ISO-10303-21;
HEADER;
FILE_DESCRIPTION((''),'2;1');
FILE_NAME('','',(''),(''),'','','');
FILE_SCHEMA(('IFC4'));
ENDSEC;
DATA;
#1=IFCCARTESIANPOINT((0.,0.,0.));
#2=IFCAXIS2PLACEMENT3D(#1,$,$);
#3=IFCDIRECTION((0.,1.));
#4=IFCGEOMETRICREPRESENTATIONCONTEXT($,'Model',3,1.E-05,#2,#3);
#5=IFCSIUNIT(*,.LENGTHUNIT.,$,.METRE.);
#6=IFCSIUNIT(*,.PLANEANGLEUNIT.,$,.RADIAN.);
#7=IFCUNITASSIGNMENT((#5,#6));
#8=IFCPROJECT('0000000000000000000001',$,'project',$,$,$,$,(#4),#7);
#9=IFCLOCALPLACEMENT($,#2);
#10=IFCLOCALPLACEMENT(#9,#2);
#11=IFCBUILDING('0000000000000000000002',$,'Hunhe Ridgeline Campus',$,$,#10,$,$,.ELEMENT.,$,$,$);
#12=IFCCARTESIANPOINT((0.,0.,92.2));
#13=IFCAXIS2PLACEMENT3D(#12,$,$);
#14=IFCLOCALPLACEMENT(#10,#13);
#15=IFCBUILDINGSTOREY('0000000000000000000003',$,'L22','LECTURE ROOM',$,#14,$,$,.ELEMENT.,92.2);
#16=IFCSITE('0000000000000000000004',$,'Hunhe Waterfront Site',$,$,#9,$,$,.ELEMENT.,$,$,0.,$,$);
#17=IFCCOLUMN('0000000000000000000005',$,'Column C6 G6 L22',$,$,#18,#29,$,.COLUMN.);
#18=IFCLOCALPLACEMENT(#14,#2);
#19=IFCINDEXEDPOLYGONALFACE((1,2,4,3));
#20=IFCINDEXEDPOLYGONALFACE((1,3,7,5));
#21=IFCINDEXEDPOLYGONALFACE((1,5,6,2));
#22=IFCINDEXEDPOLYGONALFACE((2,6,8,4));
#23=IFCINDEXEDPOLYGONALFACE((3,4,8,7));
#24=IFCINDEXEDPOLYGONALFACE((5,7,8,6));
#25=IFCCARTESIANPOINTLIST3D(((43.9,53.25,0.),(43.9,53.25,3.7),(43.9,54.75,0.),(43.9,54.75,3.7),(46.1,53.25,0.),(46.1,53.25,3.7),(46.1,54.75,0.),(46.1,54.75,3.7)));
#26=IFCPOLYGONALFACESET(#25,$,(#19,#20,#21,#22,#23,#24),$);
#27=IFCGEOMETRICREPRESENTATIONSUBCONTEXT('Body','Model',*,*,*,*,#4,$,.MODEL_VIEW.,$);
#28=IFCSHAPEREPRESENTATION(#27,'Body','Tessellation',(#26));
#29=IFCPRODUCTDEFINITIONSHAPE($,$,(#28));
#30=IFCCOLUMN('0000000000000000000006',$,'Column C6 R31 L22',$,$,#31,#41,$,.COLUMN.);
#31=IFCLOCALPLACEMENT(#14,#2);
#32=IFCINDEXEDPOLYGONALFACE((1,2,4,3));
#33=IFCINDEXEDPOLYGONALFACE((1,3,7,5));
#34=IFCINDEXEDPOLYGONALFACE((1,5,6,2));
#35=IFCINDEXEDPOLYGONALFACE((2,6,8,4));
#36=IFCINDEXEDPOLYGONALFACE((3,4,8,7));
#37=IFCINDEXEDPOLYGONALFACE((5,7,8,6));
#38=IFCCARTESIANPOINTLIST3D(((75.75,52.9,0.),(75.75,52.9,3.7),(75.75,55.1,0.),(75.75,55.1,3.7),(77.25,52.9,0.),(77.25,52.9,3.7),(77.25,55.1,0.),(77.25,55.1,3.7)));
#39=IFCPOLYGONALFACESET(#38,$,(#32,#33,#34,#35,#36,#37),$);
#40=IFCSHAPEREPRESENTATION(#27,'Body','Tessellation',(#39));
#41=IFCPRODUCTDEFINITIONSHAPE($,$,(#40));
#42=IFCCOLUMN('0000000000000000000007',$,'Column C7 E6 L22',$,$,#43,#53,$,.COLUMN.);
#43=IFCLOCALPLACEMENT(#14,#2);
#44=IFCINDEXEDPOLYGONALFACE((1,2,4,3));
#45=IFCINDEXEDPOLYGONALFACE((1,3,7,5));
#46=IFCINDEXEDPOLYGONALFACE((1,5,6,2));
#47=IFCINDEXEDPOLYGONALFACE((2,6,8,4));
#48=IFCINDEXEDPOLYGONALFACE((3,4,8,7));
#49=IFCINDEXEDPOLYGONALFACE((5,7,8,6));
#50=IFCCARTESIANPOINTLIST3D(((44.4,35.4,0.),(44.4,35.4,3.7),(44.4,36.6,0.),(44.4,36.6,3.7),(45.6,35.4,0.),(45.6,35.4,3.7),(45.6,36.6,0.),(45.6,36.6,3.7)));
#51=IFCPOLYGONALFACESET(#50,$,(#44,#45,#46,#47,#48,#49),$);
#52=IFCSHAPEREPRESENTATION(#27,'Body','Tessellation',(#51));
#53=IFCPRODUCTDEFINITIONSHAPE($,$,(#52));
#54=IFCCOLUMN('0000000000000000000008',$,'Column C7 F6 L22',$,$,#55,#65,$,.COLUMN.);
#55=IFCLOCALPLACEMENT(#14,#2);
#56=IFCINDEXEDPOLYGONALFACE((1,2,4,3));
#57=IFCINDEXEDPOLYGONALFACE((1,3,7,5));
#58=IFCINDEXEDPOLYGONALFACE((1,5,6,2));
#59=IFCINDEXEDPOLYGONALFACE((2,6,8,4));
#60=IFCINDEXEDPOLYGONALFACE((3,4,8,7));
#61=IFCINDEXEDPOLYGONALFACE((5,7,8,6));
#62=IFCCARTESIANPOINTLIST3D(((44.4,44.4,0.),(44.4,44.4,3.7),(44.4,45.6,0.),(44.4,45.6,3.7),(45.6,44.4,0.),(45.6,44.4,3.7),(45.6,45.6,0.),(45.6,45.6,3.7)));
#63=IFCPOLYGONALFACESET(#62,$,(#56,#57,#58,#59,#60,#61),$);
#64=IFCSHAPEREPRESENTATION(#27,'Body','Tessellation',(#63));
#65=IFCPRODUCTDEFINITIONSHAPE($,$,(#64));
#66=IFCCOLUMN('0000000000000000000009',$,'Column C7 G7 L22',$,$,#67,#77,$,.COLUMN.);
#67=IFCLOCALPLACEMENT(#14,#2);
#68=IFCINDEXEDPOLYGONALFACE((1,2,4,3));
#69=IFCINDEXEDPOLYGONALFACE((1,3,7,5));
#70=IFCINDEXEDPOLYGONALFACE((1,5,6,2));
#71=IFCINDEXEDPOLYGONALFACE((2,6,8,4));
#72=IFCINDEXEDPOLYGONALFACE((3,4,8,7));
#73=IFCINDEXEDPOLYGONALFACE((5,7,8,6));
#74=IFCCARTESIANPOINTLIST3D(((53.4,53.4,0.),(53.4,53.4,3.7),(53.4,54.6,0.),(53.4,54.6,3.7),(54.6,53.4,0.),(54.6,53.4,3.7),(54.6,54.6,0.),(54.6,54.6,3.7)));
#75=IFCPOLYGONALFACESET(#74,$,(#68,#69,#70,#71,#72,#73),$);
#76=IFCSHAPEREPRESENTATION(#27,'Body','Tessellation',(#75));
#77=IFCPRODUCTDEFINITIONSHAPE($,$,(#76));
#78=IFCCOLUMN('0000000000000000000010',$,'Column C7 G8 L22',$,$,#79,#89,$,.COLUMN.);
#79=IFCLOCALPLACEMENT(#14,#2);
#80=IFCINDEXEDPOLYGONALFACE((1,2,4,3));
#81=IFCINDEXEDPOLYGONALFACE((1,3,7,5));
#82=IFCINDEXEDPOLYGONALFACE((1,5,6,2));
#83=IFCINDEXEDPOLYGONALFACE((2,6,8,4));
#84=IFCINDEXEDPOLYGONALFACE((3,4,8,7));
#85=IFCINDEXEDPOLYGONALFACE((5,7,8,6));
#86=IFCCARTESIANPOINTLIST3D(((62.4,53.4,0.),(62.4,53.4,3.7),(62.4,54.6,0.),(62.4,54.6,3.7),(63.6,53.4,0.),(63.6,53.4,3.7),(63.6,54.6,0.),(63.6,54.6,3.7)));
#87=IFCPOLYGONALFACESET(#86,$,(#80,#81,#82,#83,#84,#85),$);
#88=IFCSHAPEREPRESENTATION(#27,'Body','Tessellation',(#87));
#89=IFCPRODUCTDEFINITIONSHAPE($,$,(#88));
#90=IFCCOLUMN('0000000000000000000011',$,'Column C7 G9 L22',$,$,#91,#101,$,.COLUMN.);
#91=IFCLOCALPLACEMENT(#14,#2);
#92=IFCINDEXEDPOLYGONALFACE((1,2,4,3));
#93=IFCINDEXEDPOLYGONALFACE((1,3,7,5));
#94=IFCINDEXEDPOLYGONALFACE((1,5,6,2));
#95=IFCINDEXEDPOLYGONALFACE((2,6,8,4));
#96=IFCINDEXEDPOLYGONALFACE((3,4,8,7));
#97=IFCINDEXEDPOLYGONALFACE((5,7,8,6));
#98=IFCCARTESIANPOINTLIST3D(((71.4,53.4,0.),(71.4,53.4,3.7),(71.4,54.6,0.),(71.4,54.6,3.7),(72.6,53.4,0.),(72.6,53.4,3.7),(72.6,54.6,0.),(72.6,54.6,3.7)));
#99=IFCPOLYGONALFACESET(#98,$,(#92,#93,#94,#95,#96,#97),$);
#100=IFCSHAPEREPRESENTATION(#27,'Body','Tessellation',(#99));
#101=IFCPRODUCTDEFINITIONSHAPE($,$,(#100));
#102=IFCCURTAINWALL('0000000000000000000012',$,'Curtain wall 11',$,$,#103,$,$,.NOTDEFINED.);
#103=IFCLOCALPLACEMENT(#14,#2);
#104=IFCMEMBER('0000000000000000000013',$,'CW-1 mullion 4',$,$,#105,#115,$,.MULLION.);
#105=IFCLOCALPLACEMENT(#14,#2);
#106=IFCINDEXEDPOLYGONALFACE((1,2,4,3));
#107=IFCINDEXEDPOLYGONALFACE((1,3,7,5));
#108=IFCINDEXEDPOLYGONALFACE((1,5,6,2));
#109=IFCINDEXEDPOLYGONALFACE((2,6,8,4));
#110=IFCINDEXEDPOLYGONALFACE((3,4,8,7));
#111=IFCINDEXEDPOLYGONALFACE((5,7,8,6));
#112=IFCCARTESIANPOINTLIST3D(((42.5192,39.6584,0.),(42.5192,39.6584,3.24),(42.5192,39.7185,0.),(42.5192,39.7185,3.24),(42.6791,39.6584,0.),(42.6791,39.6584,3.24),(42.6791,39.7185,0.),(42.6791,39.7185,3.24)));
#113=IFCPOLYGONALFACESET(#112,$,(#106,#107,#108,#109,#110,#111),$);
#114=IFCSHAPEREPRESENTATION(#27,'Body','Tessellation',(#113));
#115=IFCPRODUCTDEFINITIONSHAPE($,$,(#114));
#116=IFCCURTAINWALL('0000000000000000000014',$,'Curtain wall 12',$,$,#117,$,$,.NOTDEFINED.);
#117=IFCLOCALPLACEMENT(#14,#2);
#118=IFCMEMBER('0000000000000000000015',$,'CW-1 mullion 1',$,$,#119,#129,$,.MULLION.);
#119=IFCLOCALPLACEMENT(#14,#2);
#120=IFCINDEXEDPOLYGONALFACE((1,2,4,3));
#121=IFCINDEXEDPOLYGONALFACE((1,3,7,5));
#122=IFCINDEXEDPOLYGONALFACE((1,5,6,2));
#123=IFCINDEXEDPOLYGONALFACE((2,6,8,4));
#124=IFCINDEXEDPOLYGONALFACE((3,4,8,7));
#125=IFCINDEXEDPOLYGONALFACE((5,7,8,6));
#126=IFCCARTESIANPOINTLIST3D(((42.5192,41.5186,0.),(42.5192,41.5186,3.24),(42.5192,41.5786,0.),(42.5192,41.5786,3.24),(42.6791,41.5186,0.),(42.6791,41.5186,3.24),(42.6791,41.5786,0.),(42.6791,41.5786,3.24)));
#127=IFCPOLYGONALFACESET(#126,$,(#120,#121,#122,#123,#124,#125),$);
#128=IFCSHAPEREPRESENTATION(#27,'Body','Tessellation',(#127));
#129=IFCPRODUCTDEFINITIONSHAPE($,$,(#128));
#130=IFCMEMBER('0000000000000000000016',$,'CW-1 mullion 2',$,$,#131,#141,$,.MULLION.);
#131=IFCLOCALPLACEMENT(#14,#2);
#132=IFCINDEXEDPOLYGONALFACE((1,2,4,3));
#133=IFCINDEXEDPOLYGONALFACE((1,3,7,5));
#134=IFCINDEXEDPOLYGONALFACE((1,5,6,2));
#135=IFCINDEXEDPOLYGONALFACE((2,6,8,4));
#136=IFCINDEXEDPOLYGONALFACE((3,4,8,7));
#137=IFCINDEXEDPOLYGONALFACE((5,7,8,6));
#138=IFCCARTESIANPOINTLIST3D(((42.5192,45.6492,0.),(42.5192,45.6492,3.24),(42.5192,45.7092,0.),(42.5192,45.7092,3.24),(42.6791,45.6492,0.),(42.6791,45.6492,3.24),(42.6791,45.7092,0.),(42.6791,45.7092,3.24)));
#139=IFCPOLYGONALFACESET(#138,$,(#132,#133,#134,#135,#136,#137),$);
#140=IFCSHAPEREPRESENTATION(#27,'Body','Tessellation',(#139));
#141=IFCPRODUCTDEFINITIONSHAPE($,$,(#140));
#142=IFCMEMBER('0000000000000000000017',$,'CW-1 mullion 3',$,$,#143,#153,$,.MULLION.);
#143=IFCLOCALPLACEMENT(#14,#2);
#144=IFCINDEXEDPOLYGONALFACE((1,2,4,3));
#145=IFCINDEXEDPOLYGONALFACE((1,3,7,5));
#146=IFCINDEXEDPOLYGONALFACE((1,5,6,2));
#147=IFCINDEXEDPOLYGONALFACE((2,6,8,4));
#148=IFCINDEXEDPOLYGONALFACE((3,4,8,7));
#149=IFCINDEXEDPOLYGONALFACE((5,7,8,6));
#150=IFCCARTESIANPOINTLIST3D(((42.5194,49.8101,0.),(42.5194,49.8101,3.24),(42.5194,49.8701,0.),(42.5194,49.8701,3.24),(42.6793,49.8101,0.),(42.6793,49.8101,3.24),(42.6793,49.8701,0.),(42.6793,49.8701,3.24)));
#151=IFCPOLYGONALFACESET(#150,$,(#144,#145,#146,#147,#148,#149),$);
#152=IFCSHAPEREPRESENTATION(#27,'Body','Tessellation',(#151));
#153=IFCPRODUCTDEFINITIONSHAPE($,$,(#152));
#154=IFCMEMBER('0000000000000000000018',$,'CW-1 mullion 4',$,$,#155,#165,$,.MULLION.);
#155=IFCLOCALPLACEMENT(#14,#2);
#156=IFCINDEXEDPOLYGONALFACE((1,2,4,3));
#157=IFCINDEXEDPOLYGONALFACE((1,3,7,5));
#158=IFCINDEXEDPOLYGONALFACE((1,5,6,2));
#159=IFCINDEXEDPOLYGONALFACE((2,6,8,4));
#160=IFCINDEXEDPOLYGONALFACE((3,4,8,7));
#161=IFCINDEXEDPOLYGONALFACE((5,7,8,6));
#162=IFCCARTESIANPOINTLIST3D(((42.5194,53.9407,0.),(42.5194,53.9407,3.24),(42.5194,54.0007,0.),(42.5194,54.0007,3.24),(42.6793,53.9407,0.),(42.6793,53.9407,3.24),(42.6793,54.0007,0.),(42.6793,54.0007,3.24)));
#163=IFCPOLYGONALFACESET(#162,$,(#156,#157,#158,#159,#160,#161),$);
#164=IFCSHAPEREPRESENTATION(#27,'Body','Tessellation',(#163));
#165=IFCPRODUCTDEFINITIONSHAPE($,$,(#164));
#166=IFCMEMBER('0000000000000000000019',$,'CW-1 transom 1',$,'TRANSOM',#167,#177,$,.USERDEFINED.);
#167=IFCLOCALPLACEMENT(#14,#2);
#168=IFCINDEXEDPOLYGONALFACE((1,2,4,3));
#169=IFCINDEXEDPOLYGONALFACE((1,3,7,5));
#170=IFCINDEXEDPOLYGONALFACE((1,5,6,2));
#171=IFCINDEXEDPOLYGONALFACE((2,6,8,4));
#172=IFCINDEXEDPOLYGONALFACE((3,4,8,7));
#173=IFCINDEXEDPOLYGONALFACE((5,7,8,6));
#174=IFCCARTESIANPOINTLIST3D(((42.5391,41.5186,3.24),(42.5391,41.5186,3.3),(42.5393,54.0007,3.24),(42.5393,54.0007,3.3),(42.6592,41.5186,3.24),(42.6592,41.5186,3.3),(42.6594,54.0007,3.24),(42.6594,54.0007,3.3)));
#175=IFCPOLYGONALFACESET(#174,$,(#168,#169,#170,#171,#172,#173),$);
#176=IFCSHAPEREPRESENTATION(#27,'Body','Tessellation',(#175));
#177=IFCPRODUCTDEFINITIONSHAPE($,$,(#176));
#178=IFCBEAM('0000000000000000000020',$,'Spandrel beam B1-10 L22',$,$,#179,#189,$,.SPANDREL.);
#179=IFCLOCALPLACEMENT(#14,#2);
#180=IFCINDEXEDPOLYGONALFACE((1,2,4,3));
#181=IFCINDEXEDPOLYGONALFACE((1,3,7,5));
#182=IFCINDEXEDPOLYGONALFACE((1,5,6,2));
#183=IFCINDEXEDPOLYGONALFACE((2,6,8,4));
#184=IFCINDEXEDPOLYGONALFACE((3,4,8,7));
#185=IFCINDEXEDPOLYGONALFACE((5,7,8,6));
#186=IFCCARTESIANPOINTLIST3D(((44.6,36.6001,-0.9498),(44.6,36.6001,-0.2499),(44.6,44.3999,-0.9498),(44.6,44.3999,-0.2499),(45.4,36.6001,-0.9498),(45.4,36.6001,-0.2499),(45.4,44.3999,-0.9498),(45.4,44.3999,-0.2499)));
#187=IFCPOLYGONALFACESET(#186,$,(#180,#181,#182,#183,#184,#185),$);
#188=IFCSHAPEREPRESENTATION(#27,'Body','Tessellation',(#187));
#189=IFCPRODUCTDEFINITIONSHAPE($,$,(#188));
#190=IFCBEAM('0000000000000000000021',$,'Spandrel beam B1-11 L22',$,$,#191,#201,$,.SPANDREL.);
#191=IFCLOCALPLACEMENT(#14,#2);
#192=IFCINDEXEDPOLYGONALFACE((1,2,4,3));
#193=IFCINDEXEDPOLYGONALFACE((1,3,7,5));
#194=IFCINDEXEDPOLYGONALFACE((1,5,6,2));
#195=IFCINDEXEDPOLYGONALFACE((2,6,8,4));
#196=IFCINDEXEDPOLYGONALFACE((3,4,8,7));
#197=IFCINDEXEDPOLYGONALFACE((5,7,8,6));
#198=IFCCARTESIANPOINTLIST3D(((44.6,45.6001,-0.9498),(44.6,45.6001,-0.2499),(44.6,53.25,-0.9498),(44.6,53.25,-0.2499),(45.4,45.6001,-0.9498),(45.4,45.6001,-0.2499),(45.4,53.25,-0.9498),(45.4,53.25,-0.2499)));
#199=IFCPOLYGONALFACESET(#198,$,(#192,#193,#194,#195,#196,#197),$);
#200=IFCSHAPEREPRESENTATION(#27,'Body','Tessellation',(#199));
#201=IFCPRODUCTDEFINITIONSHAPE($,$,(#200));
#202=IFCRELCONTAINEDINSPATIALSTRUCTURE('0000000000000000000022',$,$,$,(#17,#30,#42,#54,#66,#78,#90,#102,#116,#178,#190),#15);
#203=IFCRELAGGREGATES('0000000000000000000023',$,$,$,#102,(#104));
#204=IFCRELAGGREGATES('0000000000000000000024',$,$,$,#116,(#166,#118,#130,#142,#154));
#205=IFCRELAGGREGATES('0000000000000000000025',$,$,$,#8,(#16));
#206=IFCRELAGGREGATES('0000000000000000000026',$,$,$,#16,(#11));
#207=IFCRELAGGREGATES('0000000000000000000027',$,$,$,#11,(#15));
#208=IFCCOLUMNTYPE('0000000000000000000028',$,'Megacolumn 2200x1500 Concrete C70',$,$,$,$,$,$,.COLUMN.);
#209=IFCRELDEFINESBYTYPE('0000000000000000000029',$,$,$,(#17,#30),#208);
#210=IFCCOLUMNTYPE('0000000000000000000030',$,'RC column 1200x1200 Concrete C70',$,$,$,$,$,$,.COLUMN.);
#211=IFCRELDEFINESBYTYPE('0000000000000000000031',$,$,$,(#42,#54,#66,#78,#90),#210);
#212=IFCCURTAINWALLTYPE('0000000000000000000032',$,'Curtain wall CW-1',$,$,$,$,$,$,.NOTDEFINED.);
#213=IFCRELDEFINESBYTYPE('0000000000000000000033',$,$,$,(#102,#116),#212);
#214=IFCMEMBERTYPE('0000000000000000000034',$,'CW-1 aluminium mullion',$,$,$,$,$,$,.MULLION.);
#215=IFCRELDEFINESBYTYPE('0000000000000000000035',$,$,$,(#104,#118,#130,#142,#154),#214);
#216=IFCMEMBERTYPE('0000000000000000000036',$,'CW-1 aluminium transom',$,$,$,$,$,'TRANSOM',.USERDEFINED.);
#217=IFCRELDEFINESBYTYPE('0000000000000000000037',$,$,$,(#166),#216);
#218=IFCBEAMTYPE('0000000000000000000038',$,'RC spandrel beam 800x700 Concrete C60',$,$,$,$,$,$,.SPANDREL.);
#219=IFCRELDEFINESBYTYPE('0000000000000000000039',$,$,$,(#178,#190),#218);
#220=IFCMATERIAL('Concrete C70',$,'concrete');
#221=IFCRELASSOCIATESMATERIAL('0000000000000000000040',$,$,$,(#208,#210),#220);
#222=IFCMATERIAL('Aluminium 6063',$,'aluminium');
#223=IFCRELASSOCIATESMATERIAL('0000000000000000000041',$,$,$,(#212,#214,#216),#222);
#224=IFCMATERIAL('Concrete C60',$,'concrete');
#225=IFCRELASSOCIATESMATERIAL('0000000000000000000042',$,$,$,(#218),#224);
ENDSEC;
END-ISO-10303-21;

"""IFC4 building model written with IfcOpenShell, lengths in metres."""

from ifc_helpers import new_model, si_unit, direction, frame, origin, origin_2d, place, context, subcontext, project, spatial, rectangle, extrude, material, material_profile, profile_set, type_object, element, aggregate, save


model = new_model("IFC4")

# Units and contexts
model_context = context("Model", 3, precision=1e-05, world=origin(), true_north=direction((0.0, 1.0)))
body_context = subcontext(model_context, "Body", "Model", "MODEL_VIEW")
ifc_project = project(units=[si_unit("LENGTHUNIT", "METRE"), si_unit("PLANEANGLEUNIT", "RADIAN")], contexts=[model_context])

# Site, building, storey
site_placement = place(None, origin())
site = spatial("IfcSite", under=ifc_project, at=site_placement, Name="Hunhe Waterfront Site", CompositionType="ELEMENT", RefElevation=0.0)
building_placement = place(site_placement, origin())
building = spatial("IfcBuilding", under=site, at=building_placement, Name="Hunhe Ridgeline Campus", CompositionType="ELEMENT")
storey_placement = place(building_placement, frame((0.0, 0.0, 92.2)))
storey = spatial("IfcBuildingStorey", under=building, at=storey_placement, Name="L22", Description="LECTURE ROOM", CompositionType="ELEMENT", Elevation=92.2)

# Columns
ifc_material_1 = material(Name="Concrete C70", Category="concrete")
ifc_material_profile_1 = material_profile(ifc_material_1, rectangle(XDim=2.2, YDim=1.5, at=origin_2d()))
ifc_profile_set_1 = profile_set([ifc_material_profile_1], Name="Concrete C70")
column_type_1 = type_object("IfcColumnType", Name="Megacolumn 2200x1500 Concrete C70", PredefinedType="COLUMN", material=ifc_profile_set_1)
for number, where, z_axis, x_axis, name in (
    (1, (45.0, 54.0, 0.0), (0.0, 0.0, 1.0), (1.0, 0.0, 0.0), "Column C6 G6 L22"),
    (2, (76.5, 54.0, 0.0), (0.0, 0.0, 1.0), (0.0, 1.0, 0.0), "Column C6 R31 L22"),
):
    element("IfcColumn", number, at=place(storey_placement, frame(where, z_axis=z_axis, x_axis=x_axis)), inside=storey, type_object=column_type_1, Name=name, PredefinedType="COLUMN", context=body_context, shape_type="SweptSolid", body=[
        extrude(rectangle(XDim=2.2, YDim=1.5, at=origin_2d()), origin(), (0.0, 0.0, 1.0), 3.7),
    ])
ifc_material_profile_2 = material_profile(ifc_material_1, rectangle(XDim=1.2, YDim=1.2, at=origin_2d()))
ifc_profile_set_2 = profile_set([ifc_material_profile_2], Name="Concrete C70")
column_type_2 = type_object("IfcColumnType", Name="RC column 1200x1200 Concrete C70", PredefinedType="COLUMN", material=ifc_profile_set_2)
for number, where, z_axis, x_axis, name in (
    (3, (45.0, 36.0, 0.0), (0.0, 0.0, 1.0), (1.0, 0.0, 0.0), "Column C7 E6 L22"),
    (4, (45.0, 45.0, 0.0), (0.0, 0.0, 1.0), (1.0, 0.0, 0.0), "Column C7 F6 L22"),
    (5, (54.0, 54.0, 0.0), (0.0, 0.0, 1.0), (1.0, 0.0, 0.0), "Column C7 G7 L22"),
    (6, (63.0, 54.0, 0.0), (0.0, 0.0, 1.0), (1.0, 0.0, 0.0), "Column C7 G8 L22"),
    (7, (72.0, 54.0, 0.0), (0.0, 0.0, 1.0), (1.0, 0.0, 0.0), "Column C7 G9 L22"),
):
    element("IfcColumn", number, at=place(storey_placement, frame(where, z_axis=z_axis, x_axis=x_axis)), inside=storey, type_object=column_type_2, Name=name, PredefinedType="COLUMN", context=body_context, shape_type="SweptSolid", body=[
        extrude(rectangle(XDim=1.2, YDim=1.2, at=origin_2d()), origin(), (0.0, 0.0, 1.0), 3.7),
    ])

# Curtain wall, member
ifc_material_2 = material(Name="Aluminium 6063", Category="aluminium")
curtain_wall_type = type_object("IfcCurtainWallType", Name="Curtain wall CW-1", PredefinedType="NOTDEFINED", material=ifc_material_2)
curtain_wall_1_placement = place(storey_placement, origin())
curtain_wall_1 = element("IfcCurtainWall", 8, at=curtain_wall_1_placement, inside=storey, type_object=curtain_wall_type, Name="Curtain wall 11", PredefinedType="NOTDEFINED")
ifc_material_profile_3 = material_profile(ifc_material_2, rectangle(XDim=0.1599, YDim=0.0601, at=origin_2d()))
ifc_profile_set_3 = profile_set([ifc_material_profile_3], Name="Aluminium 6063")
member_type_1 = type_object("IfcMemberType", Name="CW-1 aluminium mullion", PredefinedType="MULLION", material=ifc_profile_set_3)
member_1_placement = place(storey_placement, frame((42.5991, 39.6885, 0.0), z_axis=(0.0, 0.0, 1.0), x_axis=(-1.0, 0.000011, 0.0)))
member_1 = element("IfcMember", 9, at=member_1_placement, type_object=member_type_1, Name="CW-1 mullion 4", PredefinedType="MULLION", context=body_context, shape_type="SweptSolid", body=[
    extrude(rectangle(XDim=0.1599, YDim=0.0601, at=origin_2d()), origin(), (0.0, 0.0, 1.0), 3.24),
])

# Curtain wall, members
curtain_wall_2_placement = place(storey_placement, origin())
curtain_wall_2 = element("IfcCurtainWall", 10, at=curtain_wall_2_placement, inside=storey, type_object=curtain_wall_type, Name="Curtain wall 12", PredefinedType="NOTDEFINED")
member_2_placement = place(storey_placement, frame((42.5991, 41.5486, 0.0), z_axis=(0.0, 0.0, 1.0), x_axis=(-1.0, 0.000011, 0.0)))
member_2 = element("IfcMember", 11, at=member_2_placement, type_object=member_type_1, Name="CW-1 mullion 1", PredefinedType="MULLION", context=body_context, shape_type="SweptSolid", body=[
    extrude(rectangle(XDim=0.1599, YDim=0.0601, at=origin_2d()), origin(), (0.0, 0.0, 1.0), 3.24),
])
member_3_placement = place(storey_placement, frame((42.5991, 45.6792, 0.0), z_axis=(0.0, 0.0, 1.0), x_axis=(-1.0, 0.000011, 0.0)))
member_3 = element("IfcMember", 12, at=member_3_placement, type_object=member_type_1, Name="CW-1 mullion 2", PredefinedType="MULLION", context=body_context, shape_type="SweptSolid", body=[
    extrude(rectangle(XDim=0.1599, YDim=0.0601, at=origin_2d()), origin(), (0.0, 0.0, 1.0), 3.24),
])
member_4_placement = place(storey_placement, frame((42.5994, 49.8401, 0.0), z_axis=(0.0, 0.0, 1.0), x_axis=(-1.0, 0.000011, 0.0)))
member_4 = element("IfcMember", 13, at=member_4_placement, type_object=member_type_1, Name="CW-1 mullion 3", PredefinedType="MULLION", context=body_context, shape_type="SweptSolid", body=[
    extrude(rectangle(XDim=0.1599, YDim=0.0601, at=origin_2d()), origin(), (0.0, 0.0, 1.0), 3.24),
])
member_5_placement = place(storey_placement, frame((42.5994, 53.9707, 0.0), z_axis=(0.0, 0.0, 1.0), x_axis=(-1.0, 0.000011, 0.0)))
member_5 = element("IfcMember", 14, at=member_5_placement, type_object=member_type_1, Name="CW-1 mullion 4", PredefinedType="MULLION", context=body_context, shape_type="SweptSolid", body=[
    extrude(rectangle(XDim=0.1599, YDim=0.0601, at=origin_2d()), origin(), (0.0, 0.0, 1.0), 3.24),
])
ifc_material_profile_4 = material_profile(ifc_material_2, rectangle(XDim=0.1201, YDim=0.0601, at=origin_2d()))
ifc_profile_set_4 = profile_set([ifc_material_profile_4], Name="Aluminium 6063")
member_type_2 = type_object("IfcMemberType", Name="CW-1 aluminium transom", ElementType="TRANSOM", PredefinedType="USERDEFINED", material=ifc_profile_set_4)
member_6_placement = place(storey_placement, frame((42.5991, 41.5186, 3.27), z_axis=(0.00002, 1.0, 0.0), x_axis=(-1.0, 0.00002, 0.0)))
member_6 = element("IfcMember", 15, at=member_6_placement, type_object=member_type_2, Name="CW-1 transom 1", ObjectType="TRANSOM", PredefinedType="USERDEFINED", context=body_context, shape_type="SweptSolid", body=[
    extrude(rectangle(XDim=0.1201, YDim=0.0601, at=origin_2d()), origin(), (0.0, 0.0, 1.0), 12.4822),
])

# Beams
ifc_material_3 = material(Name="Concrete C60", Category="concrete")
ifc_material_profile_5 = material_profile(ifc_material_3, rectangle(XDim=0.8, YDim=0.7, at=origin_2d()))
ifc_profile_set_5 = profile_set([ifc_material_profile_5], Name="Concrete C60")
beam_type = type_object("IfcBeamType", Name="RC spandrel beam 800x700 Concrete C60", PredefinedType="SPANDREL", material=ifc_profile_set_5)
beam_1_placement = place(storey_placement, frame((45.0, 36.6001, -0.5999), z_axis=(0.0, 1.0, 0.0), x_axis=(-1.0, 0.0, 0.0)))
element("IfcBeam", 16, at=beam_1_placement, inside=storey, type_object=beam_type, Name="Spandrel beam B1-10 L22", PredefinedType="SPANDREL", context=body_context, shape_type="SweptSolid", body=[
    extrude(rectangle(XDim=0.8, YDim=0.7, at=origin_2d()), origin(), (0.0, 0.0, 1.0), 7.7998),
])
beam_2_placement = place(storey_placement, frame((45.0, 45.6001, -0.5999), z_axis=(0.0, 1.0, 0.0), x_axis=(-1.0, 0.0, 0.0)))
element("IfcBeam", 17, at=beam_2_placement, inside=storey, type_object=beam_type, Name="Spandrel beam B1-11 L22", PredefinedType="SPANDREL", context=body_context, shape_type="SweptSolid", body=[
    extrude(rectangle(XDim=0.8, YDim=0.7, at=origin_2d()), origin(), (0.0, 0.0, 1.0), 7.6499),
])

aggregate(curtain_wall_1, [member_1])
aggregate(curtain_wall_2, [member_6, member_2, member_3, member_4, member_5])

save(model, "model.ifc")
